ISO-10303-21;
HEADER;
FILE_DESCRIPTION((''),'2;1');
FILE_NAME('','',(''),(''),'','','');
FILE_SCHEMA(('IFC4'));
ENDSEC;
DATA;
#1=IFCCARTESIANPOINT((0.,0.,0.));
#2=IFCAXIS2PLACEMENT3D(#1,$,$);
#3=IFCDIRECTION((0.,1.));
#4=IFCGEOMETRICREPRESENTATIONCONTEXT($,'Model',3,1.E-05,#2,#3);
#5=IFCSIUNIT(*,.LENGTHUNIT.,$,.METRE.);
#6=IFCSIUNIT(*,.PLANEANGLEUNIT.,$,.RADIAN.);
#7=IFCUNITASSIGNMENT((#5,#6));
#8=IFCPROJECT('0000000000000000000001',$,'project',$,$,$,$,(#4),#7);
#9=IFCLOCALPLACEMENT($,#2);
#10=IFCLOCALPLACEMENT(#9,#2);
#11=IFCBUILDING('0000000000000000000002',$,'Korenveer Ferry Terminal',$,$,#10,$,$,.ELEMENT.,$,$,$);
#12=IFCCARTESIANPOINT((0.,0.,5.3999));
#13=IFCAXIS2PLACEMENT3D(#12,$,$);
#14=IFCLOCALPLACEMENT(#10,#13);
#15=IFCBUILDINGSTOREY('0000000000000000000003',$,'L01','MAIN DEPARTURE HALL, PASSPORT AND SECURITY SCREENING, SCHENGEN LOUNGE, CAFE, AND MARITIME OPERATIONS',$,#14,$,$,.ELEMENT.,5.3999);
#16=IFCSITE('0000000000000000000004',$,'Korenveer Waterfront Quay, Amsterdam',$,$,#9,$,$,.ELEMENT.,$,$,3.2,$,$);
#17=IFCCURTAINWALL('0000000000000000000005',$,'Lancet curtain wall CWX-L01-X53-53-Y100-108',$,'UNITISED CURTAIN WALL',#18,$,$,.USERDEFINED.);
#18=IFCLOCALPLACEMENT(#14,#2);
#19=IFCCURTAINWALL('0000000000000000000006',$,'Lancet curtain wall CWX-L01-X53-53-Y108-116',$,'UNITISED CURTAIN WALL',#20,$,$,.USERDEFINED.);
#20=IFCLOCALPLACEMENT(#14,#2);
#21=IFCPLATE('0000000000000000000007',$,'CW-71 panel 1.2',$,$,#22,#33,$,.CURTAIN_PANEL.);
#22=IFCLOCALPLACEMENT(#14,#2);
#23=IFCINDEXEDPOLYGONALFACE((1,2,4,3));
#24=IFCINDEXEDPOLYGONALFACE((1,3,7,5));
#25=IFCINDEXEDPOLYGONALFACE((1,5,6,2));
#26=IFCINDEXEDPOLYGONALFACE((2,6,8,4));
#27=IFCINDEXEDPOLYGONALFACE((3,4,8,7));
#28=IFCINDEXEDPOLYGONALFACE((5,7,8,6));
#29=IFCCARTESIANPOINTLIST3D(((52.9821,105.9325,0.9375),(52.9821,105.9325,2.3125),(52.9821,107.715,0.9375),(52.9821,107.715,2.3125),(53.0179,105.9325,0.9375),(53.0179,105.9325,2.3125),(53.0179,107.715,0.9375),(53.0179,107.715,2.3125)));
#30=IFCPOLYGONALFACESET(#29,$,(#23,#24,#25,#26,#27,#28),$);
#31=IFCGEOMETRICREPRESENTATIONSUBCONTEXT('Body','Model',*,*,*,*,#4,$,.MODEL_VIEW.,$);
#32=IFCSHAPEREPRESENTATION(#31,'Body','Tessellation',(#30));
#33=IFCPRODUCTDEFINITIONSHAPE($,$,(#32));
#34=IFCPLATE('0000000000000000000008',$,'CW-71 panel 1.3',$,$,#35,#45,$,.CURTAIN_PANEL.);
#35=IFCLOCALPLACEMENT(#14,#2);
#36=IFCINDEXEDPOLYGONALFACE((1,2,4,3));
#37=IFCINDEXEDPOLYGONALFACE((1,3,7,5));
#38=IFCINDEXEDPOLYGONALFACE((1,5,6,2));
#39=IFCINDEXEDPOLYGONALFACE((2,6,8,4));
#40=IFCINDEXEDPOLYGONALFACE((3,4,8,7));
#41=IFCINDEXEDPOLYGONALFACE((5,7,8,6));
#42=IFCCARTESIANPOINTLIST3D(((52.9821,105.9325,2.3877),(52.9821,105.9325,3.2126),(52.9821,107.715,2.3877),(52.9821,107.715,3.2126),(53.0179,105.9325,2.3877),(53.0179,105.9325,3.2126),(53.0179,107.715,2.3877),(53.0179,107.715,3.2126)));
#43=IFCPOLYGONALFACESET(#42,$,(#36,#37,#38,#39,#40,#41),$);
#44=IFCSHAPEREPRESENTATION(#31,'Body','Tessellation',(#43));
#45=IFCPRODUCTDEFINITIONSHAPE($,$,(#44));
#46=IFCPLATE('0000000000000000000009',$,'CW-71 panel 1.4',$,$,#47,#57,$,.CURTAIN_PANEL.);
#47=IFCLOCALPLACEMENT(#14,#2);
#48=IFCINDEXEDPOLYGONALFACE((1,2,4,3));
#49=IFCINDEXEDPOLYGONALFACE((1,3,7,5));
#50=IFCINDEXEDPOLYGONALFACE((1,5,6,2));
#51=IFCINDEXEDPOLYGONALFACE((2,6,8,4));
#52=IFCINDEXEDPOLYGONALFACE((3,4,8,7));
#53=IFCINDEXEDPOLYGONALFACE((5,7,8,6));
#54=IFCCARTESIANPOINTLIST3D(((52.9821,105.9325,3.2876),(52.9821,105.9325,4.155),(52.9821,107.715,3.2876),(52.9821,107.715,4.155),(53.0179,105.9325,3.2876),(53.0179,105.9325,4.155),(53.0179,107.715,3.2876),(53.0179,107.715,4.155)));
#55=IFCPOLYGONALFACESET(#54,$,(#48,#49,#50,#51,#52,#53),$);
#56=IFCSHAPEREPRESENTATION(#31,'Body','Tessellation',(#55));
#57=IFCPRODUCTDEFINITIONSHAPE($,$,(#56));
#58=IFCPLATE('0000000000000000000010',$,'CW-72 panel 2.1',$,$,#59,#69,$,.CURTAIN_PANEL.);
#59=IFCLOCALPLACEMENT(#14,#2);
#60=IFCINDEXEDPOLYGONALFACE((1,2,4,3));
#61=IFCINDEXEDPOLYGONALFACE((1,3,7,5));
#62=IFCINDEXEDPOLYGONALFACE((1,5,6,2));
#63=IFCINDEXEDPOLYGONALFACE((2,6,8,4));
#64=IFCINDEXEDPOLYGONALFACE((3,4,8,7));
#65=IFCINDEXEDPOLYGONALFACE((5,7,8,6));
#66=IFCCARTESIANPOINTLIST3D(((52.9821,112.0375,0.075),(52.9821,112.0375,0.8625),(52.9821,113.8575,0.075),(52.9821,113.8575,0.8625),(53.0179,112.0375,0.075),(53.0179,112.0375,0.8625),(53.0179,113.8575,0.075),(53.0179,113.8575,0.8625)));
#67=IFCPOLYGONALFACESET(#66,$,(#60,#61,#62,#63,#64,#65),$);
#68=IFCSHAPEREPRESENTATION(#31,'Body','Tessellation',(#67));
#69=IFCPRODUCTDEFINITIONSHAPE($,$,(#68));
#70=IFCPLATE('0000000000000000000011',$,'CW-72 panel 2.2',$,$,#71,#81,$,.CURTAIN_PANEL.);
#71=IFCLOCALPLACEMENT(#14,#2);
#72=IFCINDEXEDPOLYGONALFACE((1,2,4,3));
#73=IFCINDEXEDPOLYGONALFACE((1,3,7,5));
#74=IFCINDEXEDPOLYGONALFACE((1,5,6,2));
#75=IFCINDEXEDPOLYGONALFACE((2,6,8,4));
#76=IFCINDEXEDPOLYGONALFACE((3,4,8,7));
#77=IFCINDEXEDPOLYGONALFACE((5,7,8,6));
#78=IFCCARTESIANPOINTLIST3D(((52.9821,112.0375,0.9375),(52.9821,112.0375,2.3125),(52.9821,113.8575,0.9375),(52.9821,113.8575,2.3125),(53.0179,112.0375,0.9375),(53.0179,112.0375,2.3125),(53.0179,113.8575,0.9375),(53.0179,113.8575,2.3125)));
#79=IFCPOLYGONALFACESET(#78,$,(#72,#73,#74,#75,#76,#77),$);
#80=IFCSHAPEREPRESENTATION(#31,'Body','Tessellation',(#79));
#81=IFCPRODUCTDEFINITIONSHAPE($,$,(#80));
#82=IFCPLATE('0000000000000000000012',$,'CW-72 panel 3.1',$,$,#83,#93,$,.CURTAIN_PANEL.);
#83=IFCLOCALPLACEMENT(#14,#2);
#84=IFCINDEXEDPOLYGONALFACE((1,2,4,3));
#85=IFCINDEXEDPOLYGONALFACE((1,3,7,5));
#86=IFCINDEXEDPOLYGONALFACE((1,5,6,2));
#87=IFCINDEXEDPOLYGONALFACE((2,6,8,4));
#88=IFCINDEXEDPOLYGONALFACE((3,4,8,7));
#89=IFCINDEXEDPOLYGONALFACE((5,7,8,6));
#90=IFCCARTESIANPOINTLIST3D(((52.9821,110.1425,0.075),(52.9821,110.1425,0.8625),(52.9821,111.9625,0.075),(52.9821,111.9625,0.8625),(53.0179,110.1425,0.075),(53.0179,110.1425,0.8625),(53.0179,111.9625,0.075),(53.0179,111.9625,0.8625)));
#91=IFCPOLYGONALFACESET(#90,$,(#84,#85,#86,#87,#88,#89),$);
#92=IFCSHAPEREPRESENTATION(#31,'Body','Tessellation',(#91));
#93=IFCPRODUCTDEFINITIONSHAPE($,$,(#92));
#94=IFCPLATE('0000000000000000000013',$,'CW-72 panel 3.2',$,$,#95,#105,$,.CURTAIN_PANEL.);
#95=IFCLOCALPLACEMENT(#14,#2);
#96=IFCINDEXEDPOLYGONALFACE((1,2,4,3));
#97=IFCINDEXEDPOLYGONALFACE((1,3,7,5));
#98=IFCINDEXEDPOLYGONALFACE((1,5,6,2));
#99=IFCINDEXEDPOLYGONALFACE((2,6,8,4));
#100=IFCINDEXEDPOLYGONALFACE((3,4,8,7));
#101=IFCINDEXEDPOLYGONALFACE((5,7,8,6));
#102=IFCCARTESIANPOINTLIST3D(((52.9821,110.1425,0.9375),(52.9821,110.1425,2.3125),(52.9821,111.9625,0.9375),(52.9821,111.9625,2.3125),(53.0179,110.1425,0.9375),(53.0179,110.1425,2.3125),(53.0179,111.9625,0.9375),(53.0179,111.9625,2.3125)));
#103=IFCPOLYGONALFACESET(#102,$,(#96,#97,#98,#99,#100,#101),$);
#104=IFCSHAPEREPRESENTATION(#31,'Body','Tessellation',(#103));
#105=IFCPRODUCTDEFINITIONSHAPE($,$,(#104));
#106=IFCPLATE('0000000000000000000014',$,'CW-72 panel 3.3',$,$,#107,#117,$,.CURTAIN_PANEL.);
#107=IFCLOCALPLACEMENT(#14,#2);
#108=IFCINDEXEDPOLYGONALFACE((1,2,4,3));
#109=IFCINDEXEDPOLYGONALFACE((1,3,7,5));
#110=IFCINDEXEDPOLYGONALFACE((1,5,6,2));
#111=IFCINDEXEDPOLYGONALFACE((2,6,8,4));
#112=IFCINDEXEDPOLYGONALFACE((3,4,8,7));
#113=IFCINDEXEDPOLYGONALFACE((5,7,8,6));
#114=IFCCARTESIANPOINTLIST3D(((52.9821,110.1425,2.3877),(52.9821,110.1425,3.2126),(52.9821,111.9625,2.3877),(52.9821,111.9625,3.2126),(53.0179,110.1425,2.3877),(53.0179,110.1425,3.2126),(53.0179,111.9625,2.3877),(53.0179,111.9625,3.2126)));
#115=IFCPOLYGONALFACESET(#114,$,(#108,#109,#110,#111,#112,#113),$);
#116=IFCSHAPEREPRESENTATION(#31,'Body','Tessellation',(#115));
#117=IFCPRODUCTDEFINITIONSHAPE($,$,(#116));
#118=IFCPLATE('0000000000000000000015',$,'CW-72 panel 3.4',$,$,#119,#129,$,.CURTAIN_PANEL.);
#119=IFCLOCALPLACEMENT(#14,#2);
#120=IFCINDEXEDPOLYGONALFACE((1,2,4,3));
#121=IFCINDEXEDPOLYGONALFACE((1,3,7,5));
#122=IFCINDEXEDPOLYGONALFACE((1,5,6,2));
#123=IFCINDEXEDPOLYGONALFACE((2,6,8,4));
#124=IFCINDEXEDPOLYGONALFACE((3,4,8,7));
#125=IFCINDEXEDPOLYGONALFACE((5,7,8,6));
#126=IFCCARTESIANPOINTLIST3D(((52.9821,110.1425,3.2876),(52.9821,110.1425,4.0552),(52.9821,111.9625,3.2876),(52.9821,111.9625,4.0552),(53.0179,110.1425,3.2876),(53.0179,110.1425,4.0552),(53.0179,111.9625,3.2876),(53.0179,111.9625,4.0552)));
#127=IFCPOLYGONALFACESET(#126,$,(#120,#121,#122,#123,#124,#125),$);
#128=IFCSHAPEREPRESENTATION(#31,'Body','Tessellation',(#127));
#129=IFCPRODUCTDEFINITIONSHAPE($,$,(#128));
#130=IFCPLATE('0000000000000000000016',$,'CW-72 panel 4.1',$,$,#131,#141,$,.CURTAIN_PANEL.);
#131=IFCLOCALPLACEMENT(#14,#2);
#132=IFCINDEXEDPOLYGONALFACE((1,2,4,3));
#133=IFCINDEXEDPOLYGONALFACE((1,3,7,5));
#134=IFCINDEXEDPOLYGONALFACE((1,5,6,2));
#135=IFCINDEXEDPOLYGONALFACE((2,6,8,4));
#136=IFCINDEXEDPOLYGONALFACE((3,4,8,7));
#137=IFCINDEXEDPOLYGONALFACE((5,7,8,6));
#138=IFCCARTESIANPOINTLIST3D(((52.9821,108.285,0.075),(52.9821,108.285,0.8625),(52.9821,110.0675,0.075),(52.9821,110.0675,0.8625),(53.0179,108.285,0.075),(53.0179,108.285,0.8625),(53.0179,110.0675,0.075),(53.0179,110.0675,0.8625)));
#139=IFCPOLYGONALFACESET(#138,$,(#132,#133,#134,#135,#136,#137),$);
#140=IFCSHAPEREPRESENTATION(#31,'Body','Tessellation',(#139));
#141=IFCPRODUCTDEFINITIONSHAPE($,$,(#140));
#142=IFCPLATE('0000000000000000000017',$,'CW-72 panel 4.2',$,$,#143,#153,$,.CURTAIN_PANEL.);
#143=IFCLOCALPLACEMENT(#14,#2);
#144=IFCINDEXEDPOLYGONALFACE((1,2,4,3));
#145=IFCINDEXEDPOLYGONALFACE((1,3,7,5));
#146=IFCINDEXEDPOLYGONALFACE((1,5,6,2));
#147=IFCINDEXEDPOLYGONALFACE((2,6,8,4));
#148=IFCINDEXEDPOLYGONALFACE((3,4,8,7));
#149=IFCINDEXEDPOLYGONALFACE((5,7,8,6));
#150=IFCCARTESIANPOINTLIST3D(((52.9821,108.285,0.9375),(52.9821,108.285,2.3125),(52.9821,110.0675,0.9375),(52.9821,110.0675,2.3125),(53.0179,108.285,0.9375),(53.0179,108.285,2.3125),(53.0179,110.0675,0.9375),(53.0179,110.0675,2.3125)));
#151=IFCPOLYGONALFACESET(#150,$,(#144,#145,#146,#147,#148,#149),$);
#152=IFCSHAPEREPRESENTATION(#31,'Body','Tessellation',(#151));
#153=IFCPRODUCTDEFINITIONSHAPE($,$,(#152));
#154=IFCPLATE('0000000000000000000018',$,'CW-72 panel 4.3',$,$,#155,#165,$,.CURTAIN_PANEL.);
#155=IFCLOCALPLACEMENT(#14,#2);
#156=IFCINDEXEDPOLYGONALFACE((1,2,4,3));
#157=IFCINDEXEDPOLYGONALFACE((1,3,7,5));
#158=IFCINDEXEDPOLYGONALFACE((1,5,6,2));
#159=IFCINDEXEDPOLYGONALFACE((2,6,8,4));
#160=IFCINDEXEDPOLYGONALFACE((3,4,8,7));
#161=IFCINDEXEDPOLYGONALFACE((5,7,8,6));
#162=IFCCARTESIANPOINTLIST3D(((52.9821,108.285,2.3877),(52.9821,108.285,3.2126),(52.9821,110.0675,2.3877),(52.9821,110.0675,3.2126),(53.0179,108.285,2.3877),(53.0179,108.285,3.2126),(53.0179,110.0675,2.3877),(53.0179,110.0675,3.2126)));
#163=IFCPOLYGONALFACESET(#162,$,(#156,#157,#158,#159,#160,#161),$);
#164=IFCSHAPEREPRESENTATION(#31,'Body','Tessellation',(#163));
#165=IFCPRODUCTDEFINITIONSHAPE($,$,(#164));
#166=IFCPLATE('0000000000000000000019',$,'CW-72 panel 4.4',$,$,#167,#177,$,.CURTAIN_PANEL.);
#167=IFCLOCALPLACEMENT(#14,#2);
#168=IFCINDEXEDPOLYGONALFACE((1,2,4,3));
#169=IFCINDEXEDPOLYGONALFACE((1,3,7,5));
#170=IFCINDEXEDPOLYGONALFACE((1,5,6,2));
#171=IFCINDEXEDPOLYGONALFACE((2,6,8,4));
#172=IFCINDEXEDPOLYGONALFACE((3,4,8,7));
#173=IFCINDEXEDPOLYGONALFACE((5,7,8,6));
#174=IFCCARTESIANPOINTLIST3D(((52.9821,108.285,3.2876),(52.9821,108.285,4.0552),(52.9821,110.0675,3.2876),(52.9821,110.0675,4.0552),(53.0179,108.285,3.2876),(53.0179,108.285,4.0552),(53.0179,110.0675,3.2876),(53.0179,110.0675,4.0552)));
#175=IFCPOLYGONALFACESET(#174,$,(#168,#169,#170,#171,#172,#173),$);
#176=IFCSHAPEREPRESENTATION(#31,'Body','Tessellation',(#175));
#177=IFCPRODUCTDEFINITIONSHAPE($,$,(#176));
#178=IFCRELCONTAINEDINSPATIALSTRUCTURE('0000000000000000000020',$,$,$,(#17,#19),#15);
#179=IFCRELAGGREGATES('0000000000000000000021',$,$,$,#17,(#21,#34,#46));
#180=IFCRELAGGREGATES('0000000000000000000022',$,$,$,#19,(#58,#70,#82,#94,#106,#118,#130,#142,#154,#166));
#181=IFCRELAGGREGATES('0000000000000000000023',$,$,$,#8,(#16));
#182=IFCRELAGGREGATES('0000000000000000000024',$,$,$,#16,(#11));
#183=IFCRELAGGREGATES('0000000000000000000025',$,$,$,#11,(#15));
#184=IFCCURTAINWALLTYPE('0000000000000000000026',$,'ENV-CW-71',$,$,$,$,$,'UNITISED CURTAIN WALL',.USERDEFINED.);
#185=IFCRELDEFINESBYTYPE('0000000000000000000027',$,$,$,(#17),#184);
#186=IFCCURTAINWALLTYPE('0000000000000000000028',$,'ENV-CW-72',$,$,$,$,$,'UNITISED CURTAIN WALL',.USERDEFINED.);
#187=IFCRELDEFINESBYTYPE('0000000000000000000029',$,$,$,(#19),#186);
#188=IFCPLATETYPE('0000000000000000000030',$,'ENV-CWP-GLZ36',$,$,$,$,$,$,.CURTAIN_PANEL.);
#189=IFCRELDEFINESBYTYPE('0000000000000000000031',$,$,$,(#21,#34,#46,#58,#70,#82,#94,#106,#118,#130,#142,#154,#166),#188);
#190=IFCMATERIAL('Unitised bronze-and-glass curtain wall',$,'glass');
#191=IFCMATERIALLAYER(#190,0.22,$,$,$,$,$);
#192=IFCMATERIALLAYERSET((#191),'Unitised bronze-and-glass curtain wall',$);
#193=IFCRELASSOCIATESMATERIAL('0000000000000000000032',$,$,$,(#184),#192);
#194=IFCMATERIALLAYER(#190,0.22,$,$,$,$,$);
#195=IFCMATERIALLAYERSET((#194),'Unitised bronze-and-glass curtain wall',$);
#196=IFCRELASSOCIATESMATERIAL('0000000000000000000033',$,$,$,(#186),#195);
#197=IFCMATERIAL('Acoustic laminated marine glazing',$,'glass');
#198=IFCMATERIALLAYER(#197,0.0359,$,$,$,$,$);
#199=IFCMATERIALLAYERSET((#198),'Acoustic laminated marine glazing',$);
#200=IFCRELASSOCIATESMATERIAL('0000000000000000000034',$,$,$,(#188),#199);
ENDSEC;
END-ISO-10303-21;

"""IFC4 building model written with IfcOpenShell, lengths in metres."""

from ifc_helpers import new_model, si_unit, direction, frame, origin, origin_2d, place, context, subcontext, project, spatial, rectangle, extrude, material, layer, layer_set, type_object, element, aggregate, save


model = new_model("IFC4")

# Units and contexts
model_context = context("Model", 3, precision=1e-05, world=origin(), true_north=direction((0.0, 1.0)))
body_context = subcontext(model_context, "Body", "Model", "MODEL_VIEW")
ifc_project = project(units=[si_unit("LENGTHUNIT", "METRE"), si_unit("PLANEANGLEUNIT", "RADIAN")], contexts=[model_context])

# Site, building, storey
site_placement = place(None, origin())
site = spatial("IfcSite", under=ifc_project, at=site_placement, Name="Korenveer Waterfront Quay, Amsterdam", CompositionType="ELEMENT", RefElevation=3.2)
building_placement = place(site_placement, origin())
building = spatial("IfcBuilding", under=site, at=building_placement, Name="Korenveer Ferry Terminal", CompositionType="ELEMENT")
storey_placement = place(building_placement, frame((0.0, 0.0, 5.3999)))
storey = spatial("IfcBuildingStorey", under=building, at=storey_placement, Name="L01", Description="MAIN DEPARTURE HALL, PASSPORT AND SECURITY SCREENING, SCHENGEN LOUNGE, CAFE, AND MARITIME OPERATIONS", CompositionType="ELEMENT", Elevation=5.3999)

# Curtain walls
ifc_material_1 = material(Name="Unitised bronze-and-glass curtain wall", Category="glass")
ifc_layer_1 = layer(ifc_material_1, 0.22)
ifc_layer_set_1 = layer_set([ifc_layer_1], Name="Unitised bronze-and-glass curtain wall")
curtain_wall_type_1 = type_object("IfcCurtainWallType", Name="ENV-CW-71", ElementType="UNITISED CURTAIN WALL", PredefinedType="USERDEFINED", material=ifc_layer_set_1)
curtain_wall_1_placement = place(storey_placement, frame((53.0, 107.79, 0.0)))
curtain_wall_1 = element("IfcCurtainWall", 1, at=curtain_wall_1_placement, inside=storey, type_object=curtain_wall_type_1, Name="Lancet curtain wall CWX-L01-X53-53-Y100-108", ObjectType="UNITISED CURTAIN WALL", PredefinedType="USERDEFINED")
ifc_layer_2 = layer(ifc_material_1, 0.22)
ifc_layer_set_2 = layer_set([ifc_layer_2], Name="Unitised bronze-and-glass curtain wall")
curtain_wall_type_2 = type_object("IfcCurtainWallType", Name="ENV-CW-72", ElementType="UNITISED CURTAIN WALL", PredefinedType="USERDEFINED", material=ifc_layer_set_2)
curtain_wall_2_placement = place(storey_placement, frame((53.0, 115.79, 0.0)))
curtain_wall_2 = element("IfcCurtainWall", 2, at=curtain_wall_2_placement, inside=storey, type_object=curtain_wall_type_2, Name="Lancet curtain wall CWX-L01-X53-53-Y108-116", ObjectType="UNITISED CURTAIN WALL", PredefinedType="USERDEFINED")

# Plates
ifc_material_2 = material(Name="Acoustic laminated marine glazing", Category="glass")
ifc_layer_3 = layer(ifc_material_2, 0.0359)
ifc_layer_set_3 = layer_set([ifc_layer_3], Name="Acoustic laminated marine glazing")
plate_type = type_object("IfcPlateType", Name="ENV-CWP-GLZ36", PredefinedType="CURTAIN_PANEL", material=ifc_layer_set_3)
plate_1_placement = place(storey_placement, frame((53.0, 106.8237, 0.9375), z_axis=(0.0, 0.0, 1.0), x_axis=(0.0, -1.0, 0.0)))
plate_1 = element("IfcPlate", 3, at=plate_1_placement, type_object=plate_type, Name="CW-71 panel 1.2", PredefinedType="CURTAIN_PANEL", context=body_context, shape_type="SweptSolid", body=[
    extrude(rectangle(XDim=1.7825, YDim=0.0359, at=origin_2d()), origin(), (0.0, 0.0, 1.0), 1.375),
])
plate_2_placement = place(storey_placement, frame((53.0, 106.8237, 2.3877), z_axis=(0.0, 0.0, 1.0), x_axis=(0.0, -1.0, 0.0)))
plate_2 = element("IfcPlate", 4, at=plate_2_placement, type_object=plate_type, Name="CW-71 panel 1.3", PredefinedType="CURTAIN_PANEL", context=body_context, shape_type="SweptSolid", body=[
    extrude(rectangle(XDim=1.7825, YDim=0.0359, at=origin_2d()), origin(), (0.0, 0.0, 1.0), 0.825),
])
plate_3_placement = place(storey_placement, frame((53.0, 106.8237, 3.2876), z_axis=(0.0, 0.0, 1.0), x_axis=(0.0, -1.0, 0.0)))
plate_3 = element("IfcPlate", 5, at=plate_3_placement, type_object=plate_type, Name="CW-71 panel 1.4", PredefinedType="CURTAIN_PANEL", context=body_context, shape_type="SweptSolid", body=[
    extrude(rectangle(XDim=1.7825, YDim=0.0359, at=origin_2d()), origin(), (0.0, 0.0, 1.0), 0.8674),
])
aggregate(curtain_wall_1, [plate_1, plate_2, plate_3])
plate_4_placement = place(storey_placement, frame((53.0, 112.9475, 0.075), z_axis=(0.0, 0.0, 1.0), x_axis=(0.0, -1.0, 0.0)))
plate_4 = element("IfcPlate", 6, at=plate_4_placement, type_object=plate_type, Name="CW-72 panel 2.1", PredefinedType="CURTAIN_PANEL", context=body_context, shape_type="SweptSolid", body=[
    extrude(rectangle(XDim=1.8201, YDim=0.0359, at=origin_2d()), origin(), (0.0, 0.0, 1.0), 0.7876),
])
plate_5_placement = place(storey_placement, frame((53.0, 112.9475, 0.9375), z_axis=(0.0, 0.0, 1.0), x_axis=(0.0, -1.0, 0.0)))
plate_5 = element("IfcPlate", 7, at=plate_5_placement, type_object=plate_type, Name="CW-72 panel 2.2", PredefinedType="CURTAIN_PANEL", context=body_context, shape_type="SweptSolid", body=[
    extrude(rectangle(XDim=1.8201, YDim=0.0359, at=origin_2d()), origin(), (0.0, 0.0, 1.0), 1.375),
])
plate_6_placement = place(storey_placement, frame((53.0, 111.0525, 0.075), z_axis=(0.0, 0.0, 1.0), x_axis=(0.0, -1.0, 0.0)))
plate_6 = element("IfcPlate", 8, at=plate_6_placement, type_object=plate_type, Name="CW-72 panel 3.1", PredefinedType="CURTAIN_PANEL", context=body_context, shape_type="SweptSolid", body=[
    extrude(rectangle(XDim=1.8201, YDim=0.0359, at=origin_2d()), origin(), (0.0, 0.0, 1.0), 0.7876),
])
plate_7_placement = place(storey_placement, frame((53.0, 111.0525, 0.9375), z_axis=(0.0, 0.0, 1.0), x_axis=(0.0, -1.0, 0.0)))
plate_7 = element("IfcPlate", 9, at=plate_7_placement, type_object=plate_type, Name="CW-72 panel 3.2", PredefinedType="CURTAIN_PANEL", context=body_context, shape_type="SweptSolid", body=[
    extrude(rectangle(XDim=1.8201, YDim=0.0359, at=origin_2d()), origin(), (0.0, 0.0, 1.0), 1.375),
])
plate_8_placement = place(storey_placement, frame((53.0, 111.0525, 2.3877), z_axis=(0.0, 0.0, 1.0), x_axis=(0.0, -1.0, 0.0)))
plate_8 = element("IfcPlate", 10, at=plate_8_placement, type_object=plate_type, Name="CW-72 panel 3.3", PredefinedType="CURTAIN_PANEL", context=body_context, shape_type="SweptSolid", body=[
    extrude(rectangle(XDim=1.8201, YDim=0.0359, at=origin_2d()), origin(), (0.0, 0.0, 1.0), 0.825),
])
plate_9_placement = place(storey_placement, frame((53.0, 111.0525, 3.2876), z_axis=(0.0, 0.0, 1.0), x_axis=(0.0, -1.0, 0.0)))
plate_9 = element("IfcPlate", 11, at=plate_9_placement, type_object=plate_type, Name="CW-72 panel 3.4", PredefinedType="CURTAIN_PANEL", context=body_context, shape_type="SweptSolid", body=[
    extrude(rectangle(XDim=1.8201, YDim=0.0359, at=origin_2d()), origin(), (0.0, 0.0, 1.0), 0.7676),
])
plate_10_placement = place(storey_placement, frame((53.0, 109.1763, 0.075), z_axis=(0.0, 0.0, 1.0), x_axis=(0.0, -1.0, 0.0)))
plate_10 = element("IfcPlate", 12, at=plate_10_placement, type_object=plate_type, Name="CW-72 panel 4.1", PredefinedType="CURTAIN_PANEL", context=body_context, shape_type="SweptSolid", body=[
    extrude(rectangle(XDim=1.7825, YDim=0.0359, at=origin_2d()), origin(), (0.0, 0.0, 1.0), 0.7876),
])
plate_11_placement = place(storey_placement, frame((53.0, 109.1763, 0.9375), z_axis=(0.0, 0.0, 1.0), x_axis=(0.0, -1.0, 0.0)))
plate_11 = element("IfcPlate", 13, at=plate_11_placement, type_object=plate_type, Name="CW-72 panel 4.2", PredefinedType="CURTAIN_PANEL", context=body_context, shape_type="SweptSolid", body=[
    extrude(rectangle(XDim=1.7825, YDim=0.0359, at=origin_2d()), origin(), (0.0, 0.0, 1.0), 1.375),
])
plate_12_placement = place(storey_placement, frame((53.0, 109.1763, 2.3877), z_axis=(0.0, 0.0, 1.0), x_axis=(0.0, -1.0, 0.0)))
plate_12 = element("IfcPlate", 14, at=plate_12_placement, type_object=plate_type, Name="CW-72 panel 4.3", PredefinedType="CURTAIN_PANEL", context=body_context, shape_type="SweptSolid", body=[
    extrude(rectangle(XDim=1.7825, YDim=0.0359, at=origin_2d()), origin(), (0.0, 0.0, 1.0), 0.825),
])
plate_13_placement = place(storey_placement, frame((53.0, 109.1763, 3.2876), z_axis=(0.0, 0.0, 1.0), x_axis=(0.0, -1.0, 0.0)))
plate_13 = element("IfcPlate", 15, at=plate_13_placement, type_object=plate_type, Name="CW-72 panel 4.4", PredefinedType="CURTAIN_PANEL", context=body_context, shape_type="SweptSolid", body=[
    extrude(rectangle(XDim=1.7825, YDim=0.0359, at=origin_2d()), origin(), (0.0, 0.0, 1.0), 0.7676),
])
aggregate(curtain_wall_2, [plate_4, plate_5, plate_6, plate_7, plate_8, plate_9, plate_10, plate_11, plate_12, plate_13])

save(model, "model.ifc")
